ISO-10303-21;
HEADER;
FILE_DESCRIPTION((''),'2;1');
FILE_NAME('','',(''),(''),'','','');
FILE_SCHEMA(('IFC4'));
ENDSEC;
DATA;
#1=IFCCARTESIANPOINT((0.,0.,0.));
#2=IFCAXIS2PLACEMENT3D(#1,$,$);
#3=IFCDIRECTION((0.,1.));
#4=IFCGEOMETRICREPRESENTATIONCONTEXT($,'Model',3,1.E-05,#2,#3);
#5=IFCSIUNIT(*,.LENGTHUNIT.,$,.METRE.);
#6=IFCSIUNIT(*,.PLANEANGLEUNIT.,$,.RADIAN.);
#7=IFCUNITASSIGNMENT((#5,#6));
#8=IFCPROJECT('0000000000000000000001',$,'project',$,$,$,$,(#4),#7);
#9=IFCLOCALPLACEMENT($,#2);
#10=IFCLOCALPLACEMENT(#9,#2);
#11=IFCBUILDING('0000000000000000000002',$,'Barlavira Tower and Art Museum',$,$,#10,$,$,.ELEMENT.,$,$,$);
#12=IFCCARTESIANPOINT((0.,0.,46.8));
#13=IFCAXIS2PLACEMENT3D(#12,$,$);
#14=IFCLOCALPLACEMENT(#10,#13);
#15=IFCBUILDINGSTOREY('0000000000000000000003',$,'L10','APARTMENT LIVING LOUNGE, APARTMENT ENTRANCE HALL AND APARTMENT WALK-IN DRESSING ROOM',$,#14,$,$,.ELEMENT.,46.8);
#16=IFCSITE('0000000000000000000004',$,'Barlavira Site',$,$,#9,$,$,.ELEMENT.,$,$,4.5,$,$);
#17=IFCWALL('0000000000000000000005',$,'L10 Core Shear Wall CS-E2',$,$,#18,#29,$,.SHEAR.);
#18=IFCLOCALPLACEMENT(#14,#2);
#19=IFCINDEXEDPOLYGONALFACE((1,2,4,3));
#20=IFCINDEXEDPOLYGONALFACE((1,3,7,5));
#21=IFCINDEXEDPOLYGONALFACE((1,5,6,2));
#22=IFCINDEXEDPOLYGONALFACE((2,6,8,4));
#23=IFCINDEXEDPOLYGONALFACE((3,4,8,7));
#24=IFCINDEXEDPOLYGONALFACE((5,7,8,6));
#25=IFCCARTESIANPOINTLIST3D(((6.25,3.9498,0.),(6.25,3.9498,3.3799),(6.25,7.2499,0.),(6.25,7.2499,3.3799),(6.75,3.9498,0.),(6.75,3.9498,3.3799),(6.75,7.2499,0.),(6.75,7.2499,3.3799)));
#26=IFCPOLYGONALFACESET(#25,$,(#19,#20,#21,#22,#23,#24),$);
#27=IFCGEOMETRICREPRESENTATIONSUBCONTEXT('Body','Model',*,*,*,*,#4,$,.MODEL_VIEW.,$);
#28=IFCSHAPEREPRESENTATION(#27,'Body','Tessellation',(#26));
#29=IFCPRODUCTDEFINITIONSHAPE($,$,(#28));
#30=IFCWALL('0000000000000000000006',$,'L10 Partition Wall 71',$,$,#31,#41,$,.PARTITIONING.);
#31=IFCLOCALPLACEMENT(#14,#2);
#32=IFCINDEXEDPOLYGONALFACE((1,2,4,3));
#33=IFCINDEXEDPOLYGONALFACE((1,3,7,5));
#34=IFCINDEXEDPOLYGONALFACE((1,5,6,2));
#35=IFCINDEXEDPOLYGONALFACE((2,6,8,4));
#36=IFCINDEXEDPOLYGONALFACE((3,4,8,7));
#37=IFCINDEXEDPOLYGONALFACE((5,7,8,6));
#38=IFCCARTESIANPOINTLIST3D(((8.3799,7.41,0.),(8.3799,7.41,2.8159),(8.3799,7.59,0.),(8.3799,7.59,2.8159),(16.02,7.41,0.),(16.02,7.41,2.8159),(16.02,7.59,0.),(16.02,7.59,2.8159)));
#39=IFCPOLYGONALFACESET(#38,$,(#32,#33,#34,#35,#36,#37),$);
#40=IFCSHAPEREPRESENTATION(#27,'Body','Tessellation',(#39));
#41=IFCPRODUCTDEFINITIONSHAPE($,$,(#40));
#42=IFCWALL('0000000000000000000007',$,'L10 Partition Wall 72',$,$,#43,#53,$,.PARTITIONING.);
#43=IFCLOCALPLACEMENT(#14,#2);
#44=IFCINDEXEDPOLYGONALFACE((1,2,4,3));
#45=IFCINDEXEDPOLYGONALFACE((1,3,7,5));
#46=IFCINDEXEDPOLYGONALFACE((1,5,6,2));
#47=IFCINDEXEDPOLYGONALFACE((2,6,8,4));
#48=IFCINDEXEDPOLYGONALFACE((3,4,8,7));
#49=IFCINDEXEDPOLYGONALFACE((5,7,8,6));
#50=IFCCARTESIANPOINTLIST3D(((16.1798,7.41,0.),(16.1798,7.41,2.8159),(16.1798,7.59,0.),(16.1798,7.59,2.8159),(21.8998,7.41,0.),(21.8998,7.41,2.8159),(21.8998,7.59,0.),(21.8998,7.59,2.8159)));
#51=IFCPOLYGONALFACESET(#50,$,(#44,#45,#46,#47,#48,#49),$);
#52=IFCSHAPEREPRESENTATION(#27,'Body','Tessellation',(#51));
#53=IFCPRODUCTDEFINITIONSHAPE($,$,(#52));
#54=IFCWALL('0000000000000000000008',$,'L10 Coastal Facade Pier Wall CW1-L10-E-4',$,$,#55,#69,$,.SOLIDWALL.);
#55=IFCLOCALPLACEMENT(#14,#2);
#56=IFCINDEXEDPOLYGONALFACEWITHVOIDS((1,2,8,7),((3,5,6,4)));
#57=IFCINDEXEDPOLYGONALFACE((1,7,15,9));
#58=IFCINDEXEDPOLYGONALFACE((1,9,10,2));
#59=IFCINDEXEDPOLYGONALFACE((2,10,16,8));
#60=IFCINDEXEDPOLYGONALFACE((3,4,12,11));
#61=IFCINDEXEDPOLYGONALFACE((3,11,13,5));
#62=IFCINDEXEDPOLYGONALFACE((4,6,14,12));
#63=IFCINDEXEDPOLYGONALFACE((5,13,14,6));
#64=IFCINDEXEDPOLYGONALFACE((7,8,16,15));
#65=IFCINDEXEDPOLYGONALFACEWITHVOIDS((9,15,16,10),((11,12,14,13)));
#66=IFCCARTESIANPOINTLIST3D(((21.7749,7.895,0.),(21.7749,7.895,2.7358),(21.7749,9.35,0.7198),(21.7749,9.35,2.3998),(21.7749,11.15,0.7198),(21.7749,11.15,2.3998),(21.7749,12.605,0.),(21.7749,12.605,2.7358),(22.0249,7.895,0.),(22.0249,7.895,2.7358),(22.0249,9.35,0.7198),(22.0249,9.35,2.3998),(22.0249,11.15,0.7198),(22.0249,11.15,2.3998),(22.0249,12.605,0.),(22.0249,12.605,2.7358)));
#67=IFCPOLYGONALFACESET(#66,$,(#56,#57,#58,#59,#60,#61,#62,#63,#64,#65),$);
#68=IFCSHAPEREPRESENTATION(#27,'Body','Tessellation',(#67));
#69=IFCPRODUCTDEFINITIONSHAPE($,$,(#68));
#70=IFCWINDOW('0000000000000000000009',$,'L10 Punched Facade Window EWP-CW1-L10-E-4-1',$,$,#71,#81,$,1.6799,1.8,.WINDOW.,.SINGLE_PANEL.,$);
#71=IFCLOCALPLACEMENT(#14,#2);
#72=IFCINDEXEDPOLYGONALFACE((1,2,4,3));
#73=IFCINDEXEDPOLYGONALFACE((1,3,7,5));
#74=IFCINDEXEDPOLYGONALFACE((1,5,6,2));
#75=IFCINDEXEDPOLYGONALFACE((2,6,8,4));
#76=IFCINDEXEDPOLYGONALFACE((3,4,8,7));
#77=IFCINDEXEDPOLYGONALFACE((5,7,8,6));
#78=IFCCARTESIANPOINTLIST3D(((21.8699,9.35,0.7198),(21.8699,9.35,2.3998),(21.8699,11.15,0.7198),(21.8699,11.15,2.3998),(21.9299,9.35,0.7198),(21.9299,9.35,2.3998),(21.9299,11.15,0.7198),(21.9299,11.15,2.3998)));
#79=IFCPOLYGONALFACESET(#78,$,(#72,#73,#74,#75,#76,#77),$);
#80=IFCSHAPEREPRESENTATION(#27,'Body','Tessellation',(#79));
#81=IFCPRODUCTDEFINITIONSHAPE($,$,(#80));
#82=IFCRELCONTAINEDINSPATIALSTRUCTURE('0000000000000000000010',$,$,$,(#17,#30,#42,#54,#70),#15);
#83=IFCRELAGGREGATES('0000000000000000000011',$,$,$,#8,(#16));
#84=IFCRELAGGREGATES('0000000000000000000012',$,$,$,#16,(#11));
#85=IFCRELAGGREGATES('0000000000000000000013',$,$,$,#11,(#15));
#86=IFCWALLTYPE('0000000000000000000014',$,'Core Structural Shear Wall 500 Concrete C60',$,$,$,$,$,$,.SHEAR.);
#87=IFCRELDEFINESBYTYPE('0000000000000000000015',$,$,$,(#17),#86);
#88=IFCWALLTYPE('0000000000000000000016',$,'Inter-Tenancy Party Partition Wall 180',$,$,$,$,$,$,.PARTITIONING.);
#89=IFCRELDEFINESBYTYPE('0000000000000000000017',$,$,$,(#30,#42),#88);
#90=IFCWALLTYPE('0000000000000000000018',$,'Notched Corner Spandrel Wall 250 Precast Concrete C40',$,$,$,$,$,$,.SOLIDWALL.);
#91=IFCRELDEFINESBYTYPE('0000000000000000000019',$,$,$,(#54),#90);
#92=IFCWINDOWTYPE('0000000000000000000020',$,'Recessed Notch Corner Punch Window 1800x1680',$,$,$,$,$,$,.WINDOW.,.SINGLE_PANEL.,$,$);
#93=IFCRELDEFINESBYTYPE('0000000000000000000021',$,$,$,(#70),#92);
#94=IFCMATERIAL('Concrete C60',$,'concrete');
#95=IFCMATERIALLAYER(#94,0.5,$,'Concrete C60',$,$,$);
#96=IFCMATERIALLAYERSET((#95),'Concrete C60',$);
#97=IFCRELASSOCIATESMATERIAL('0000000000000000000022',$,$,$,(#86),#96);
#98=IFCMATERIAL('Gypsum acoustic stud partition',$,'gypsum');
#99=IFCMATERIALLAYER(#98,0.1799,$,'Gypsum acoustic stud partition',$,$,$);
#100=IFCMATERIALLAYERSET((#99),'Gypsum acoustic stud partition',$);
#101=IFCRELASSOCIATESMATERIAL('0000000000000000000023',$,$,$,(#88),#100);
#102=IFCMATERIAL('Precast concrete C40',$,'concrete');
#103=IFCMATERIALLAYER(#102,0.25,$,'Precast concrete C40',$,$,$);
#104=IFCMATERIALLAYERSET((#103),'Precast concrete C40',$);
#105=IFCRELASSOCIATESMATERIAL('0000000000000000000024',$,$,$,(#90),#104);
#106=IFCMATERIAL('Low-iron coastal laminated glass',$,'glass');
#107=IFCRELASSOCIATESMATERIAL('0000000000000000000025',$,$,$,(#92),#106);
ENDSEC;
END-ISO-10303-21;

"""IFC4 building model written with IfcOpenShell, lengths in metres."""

from ifc_helpers import new_model, si_unit, direction, frame, frame_2d, origin, place, context, subcontext, project, spatial, rectangle, extrude, material, layer, layer_set, type_object, element, fill, save


model = new_model("IFC4")

# Units and contexts
model_context = context("Model", 3, precision=1e-05, world=origin(), true_north=direction((0.0, 1.0)))
body_context = subcontext(model_context, "Body", "Model", "MODEL_VIEW")
ifc_project = project(units=[si_unit("LENGTHUNIT", "METRE"), si_unit("PLANEANGLEUNIT", "RADIAN")], contexts=[model_context])

# Site, building, storey
site_placement = place(None, origin())
site = spatial("IfcSite", under=ifc_project, at=site_placement, Name="Barlavira Site", CompositionType="ELEMENT", RefElevation=4.5)
building_placement = place(site_placement, origin())
building = spatial("IfcBuilding", under=site, at=building_placement, Name="Barlavira Tower and Art Museum", CompositionType="ELEMENT")
storey_placement = place(building_placement, frame((0.0, 0.0, 46.8)))
storey = spatial("IfcBuildingStorey", under=building, at=storey_placement, Name="L10", Description="APARTMENT LIVING LOUNGE, APARTMENT ENTRANCE HALL AND APARTMENT WALK-IN DRESSING ROOM", CompositionType="ELEMENT", Elevation=46.8)

# Shared definitions
ifc_material_1 = material(Name="Concrete C60", Category="concrete")

# Shared definitions
ifc_material_2 = material(Name="Low-iron coastal laminated glass", Category="glass")

# Shared definitions
ifc_material_3 = material(Name="Gypsum acoustic stud partition", Category="gypsum")

# Walls
ifc_layer_1 = layer(ifc_material_1, 0.5, Name="Concrete C60")
ifc_layer_set_1 = layer_set([ifc_layer_1], Name="Concrete C60")
wall_type_1 = type_object("IfcWallType", Name="Core Structural Shear Wall 500 Concrete C60", PredefinedType="SHEAR", material=ifc_layer_set_1)
wall_1_placement = place(storey_placement, frame((6.5, 3.95, 0.0), z_axis=(0.0, 0.0, 1.0), x_axis=(0.0, 1.0, 0.0)))
element("IfcWall", 1, at=wall_1_placement, inside=storey, type_object=wall_type_1, Name="L10 Core Shear Wall CS-E2", PredefinedType="SHEAR", context=body_context, shape_type="SweptSolid", body=[
    extrude(rectangle(XDim=3.3, YDim=0.5, at=frame_2d((1.6499, 0.0))), origin(), (0.0, 0.0, 1.0), 3.3799),
])
ifc_layer_2 = layer(ifc_material_3, 0.1799, Name="Gypsum acoustic stud partition")
ifc_layer_set_2 = layer_set([ifc_layer_2], Name="Gypsum acoustic stud partition")
wall_type_2 = type_object("IfcWallType", Name="Inter-Tenancy Party Partition Wall 180", PredefinedType="PARTITIONING", material=ifc_layer_set_2)
wall_2_placement = place(storey_placement, frame((8.3799, 7.5, 0.0), z_axis=(0.0, 0.0, 1.0), x_axis=(1.0, 0.0, 0.0)))
element("IfcWall", 2, at=wall_2_placement, inside=storey, type_object=wall_type_2, Name="L10 Partition Wall 71", PredefinedType="PARTITIONING", context=body_context, shape_type="SweptSolid", body=[
    extrude(rectangle(XDim=7.6401, YDim=0.1799, at=frame_2d((3.8201, 0.0))), origin(), (0.0, 0.0, 1.0), 2.8159),
])
wall_3_placement = place(storey_placement, frame((16.1799, 7.5, 0.0), z_axis=(0.0, 0.0, 1.0), x_axis=(1.0, 0.0, 0.0)))
element("IfcWall", 3, at=wall_3_placement, inside=storey, type_object=wall_type_2, Name="L10 Partition Wall 72", PredefinedType="PARTITIONING", context=body_context, shape_type="SweptSolid", body=[
    extrude(rectangle(XDim=5.72, YDim=0.1799, at=frame_2d((2.8599, 0.0))), origin(), (0.0, 0.0, 1.0), 2.8159),
])

# Wall, opening, window
ifc_material_4 = material(Name="Precast concrete C40", Category="concrete")
ifc_layer_3 = layer(ifc_material_4, 0.25, Name="Precast concrete C40")
ifc_layer_set_3 = layer_set([ifc_layer_3], Name="Precast concrete C40")
wall_type_3 = type_object("IfcWallType", Name="Notched Corner Spandrel Wall 250 Precast Concrete C40", PredefinedType="SOLIDWALL", material=ifc_layer_set_3)
wall_4_placement = place(storey_placement, frame((21.8999, 7.895, 0.0), z_axis=(0.0, 0.0, 1.0), x_axis=(0.0, 1.0, 0.0)))
wall_4 = element("IfcWall", 4, at=wall_4_placement, inside=storey, type_object=wall_type_3, Name="L10 Coastal Facade Pier Wall CW1-L10-E-4", PredefinedType="SOLIDWALL", context=body_context, shape_type="SweptSolid", body=[
    extrude(rectangle(XDim=4.71, YDim=0.25, at=frame_2d((2.355, 0.0))), origin(), (0.0, 0.0, 1.0), 2.7358),
])
opening_1_placement = place(wall_4_placement, frame((1.4551, 0.0, 0.72)))
opening_1 = element("IfcOpeningElement", 5, at=opening_1_placement, cuts=wall_4, PredefinedType="OPENING", context=body_context, shape_type="SweptSolid", body=[
    extrude(rectangle(XDim=1.8, YDim=1.6799, at=frame_2d((0.8999, 0.8398))), frame((0.0, 0.135, 0.0), z_axis=(0.0, -1.0, 0.0), x_axis=(1.0, 0.0, 0.0)), (0.0, 0.0, 1.0), 0.27),
])
window_type = type_object("IfcWindowType", Name="Recessed Notch Corner Punch Window 1800x1680", PartitioningType="SINGLE_PANEL", PredefinedType="WINDOW", material=ifc_material_2)
window_placement = place(opening_1_placement, origin())
window = element("IfcWindow", 6, at=window_placement, inside=storey, type_object=window_type, Name="L10 Punched Facade Window EWP-CW1-L10-E-4-1", OverallHeight=1.6799, OverallWidth=1.8, PartitioningType="SINGLE_PANEL", PredefinedType="WINDOW", context=body_context, shape_type="SweptSolid", body=[
    extrude(rectangle(XDim=1.8, YDim=1.6799, at=frame_2d((0.8999, 0.8398))), frame((0.0, 0.03, 0.0), z_axis=(0.0, -1.0, 0.0), x_axis=(1.0, 0.0, 0.0)), (0.0, 0.0, 1.0), 0.0601),
])
fill(opening_1, window)

save(model, "model.ifc")
